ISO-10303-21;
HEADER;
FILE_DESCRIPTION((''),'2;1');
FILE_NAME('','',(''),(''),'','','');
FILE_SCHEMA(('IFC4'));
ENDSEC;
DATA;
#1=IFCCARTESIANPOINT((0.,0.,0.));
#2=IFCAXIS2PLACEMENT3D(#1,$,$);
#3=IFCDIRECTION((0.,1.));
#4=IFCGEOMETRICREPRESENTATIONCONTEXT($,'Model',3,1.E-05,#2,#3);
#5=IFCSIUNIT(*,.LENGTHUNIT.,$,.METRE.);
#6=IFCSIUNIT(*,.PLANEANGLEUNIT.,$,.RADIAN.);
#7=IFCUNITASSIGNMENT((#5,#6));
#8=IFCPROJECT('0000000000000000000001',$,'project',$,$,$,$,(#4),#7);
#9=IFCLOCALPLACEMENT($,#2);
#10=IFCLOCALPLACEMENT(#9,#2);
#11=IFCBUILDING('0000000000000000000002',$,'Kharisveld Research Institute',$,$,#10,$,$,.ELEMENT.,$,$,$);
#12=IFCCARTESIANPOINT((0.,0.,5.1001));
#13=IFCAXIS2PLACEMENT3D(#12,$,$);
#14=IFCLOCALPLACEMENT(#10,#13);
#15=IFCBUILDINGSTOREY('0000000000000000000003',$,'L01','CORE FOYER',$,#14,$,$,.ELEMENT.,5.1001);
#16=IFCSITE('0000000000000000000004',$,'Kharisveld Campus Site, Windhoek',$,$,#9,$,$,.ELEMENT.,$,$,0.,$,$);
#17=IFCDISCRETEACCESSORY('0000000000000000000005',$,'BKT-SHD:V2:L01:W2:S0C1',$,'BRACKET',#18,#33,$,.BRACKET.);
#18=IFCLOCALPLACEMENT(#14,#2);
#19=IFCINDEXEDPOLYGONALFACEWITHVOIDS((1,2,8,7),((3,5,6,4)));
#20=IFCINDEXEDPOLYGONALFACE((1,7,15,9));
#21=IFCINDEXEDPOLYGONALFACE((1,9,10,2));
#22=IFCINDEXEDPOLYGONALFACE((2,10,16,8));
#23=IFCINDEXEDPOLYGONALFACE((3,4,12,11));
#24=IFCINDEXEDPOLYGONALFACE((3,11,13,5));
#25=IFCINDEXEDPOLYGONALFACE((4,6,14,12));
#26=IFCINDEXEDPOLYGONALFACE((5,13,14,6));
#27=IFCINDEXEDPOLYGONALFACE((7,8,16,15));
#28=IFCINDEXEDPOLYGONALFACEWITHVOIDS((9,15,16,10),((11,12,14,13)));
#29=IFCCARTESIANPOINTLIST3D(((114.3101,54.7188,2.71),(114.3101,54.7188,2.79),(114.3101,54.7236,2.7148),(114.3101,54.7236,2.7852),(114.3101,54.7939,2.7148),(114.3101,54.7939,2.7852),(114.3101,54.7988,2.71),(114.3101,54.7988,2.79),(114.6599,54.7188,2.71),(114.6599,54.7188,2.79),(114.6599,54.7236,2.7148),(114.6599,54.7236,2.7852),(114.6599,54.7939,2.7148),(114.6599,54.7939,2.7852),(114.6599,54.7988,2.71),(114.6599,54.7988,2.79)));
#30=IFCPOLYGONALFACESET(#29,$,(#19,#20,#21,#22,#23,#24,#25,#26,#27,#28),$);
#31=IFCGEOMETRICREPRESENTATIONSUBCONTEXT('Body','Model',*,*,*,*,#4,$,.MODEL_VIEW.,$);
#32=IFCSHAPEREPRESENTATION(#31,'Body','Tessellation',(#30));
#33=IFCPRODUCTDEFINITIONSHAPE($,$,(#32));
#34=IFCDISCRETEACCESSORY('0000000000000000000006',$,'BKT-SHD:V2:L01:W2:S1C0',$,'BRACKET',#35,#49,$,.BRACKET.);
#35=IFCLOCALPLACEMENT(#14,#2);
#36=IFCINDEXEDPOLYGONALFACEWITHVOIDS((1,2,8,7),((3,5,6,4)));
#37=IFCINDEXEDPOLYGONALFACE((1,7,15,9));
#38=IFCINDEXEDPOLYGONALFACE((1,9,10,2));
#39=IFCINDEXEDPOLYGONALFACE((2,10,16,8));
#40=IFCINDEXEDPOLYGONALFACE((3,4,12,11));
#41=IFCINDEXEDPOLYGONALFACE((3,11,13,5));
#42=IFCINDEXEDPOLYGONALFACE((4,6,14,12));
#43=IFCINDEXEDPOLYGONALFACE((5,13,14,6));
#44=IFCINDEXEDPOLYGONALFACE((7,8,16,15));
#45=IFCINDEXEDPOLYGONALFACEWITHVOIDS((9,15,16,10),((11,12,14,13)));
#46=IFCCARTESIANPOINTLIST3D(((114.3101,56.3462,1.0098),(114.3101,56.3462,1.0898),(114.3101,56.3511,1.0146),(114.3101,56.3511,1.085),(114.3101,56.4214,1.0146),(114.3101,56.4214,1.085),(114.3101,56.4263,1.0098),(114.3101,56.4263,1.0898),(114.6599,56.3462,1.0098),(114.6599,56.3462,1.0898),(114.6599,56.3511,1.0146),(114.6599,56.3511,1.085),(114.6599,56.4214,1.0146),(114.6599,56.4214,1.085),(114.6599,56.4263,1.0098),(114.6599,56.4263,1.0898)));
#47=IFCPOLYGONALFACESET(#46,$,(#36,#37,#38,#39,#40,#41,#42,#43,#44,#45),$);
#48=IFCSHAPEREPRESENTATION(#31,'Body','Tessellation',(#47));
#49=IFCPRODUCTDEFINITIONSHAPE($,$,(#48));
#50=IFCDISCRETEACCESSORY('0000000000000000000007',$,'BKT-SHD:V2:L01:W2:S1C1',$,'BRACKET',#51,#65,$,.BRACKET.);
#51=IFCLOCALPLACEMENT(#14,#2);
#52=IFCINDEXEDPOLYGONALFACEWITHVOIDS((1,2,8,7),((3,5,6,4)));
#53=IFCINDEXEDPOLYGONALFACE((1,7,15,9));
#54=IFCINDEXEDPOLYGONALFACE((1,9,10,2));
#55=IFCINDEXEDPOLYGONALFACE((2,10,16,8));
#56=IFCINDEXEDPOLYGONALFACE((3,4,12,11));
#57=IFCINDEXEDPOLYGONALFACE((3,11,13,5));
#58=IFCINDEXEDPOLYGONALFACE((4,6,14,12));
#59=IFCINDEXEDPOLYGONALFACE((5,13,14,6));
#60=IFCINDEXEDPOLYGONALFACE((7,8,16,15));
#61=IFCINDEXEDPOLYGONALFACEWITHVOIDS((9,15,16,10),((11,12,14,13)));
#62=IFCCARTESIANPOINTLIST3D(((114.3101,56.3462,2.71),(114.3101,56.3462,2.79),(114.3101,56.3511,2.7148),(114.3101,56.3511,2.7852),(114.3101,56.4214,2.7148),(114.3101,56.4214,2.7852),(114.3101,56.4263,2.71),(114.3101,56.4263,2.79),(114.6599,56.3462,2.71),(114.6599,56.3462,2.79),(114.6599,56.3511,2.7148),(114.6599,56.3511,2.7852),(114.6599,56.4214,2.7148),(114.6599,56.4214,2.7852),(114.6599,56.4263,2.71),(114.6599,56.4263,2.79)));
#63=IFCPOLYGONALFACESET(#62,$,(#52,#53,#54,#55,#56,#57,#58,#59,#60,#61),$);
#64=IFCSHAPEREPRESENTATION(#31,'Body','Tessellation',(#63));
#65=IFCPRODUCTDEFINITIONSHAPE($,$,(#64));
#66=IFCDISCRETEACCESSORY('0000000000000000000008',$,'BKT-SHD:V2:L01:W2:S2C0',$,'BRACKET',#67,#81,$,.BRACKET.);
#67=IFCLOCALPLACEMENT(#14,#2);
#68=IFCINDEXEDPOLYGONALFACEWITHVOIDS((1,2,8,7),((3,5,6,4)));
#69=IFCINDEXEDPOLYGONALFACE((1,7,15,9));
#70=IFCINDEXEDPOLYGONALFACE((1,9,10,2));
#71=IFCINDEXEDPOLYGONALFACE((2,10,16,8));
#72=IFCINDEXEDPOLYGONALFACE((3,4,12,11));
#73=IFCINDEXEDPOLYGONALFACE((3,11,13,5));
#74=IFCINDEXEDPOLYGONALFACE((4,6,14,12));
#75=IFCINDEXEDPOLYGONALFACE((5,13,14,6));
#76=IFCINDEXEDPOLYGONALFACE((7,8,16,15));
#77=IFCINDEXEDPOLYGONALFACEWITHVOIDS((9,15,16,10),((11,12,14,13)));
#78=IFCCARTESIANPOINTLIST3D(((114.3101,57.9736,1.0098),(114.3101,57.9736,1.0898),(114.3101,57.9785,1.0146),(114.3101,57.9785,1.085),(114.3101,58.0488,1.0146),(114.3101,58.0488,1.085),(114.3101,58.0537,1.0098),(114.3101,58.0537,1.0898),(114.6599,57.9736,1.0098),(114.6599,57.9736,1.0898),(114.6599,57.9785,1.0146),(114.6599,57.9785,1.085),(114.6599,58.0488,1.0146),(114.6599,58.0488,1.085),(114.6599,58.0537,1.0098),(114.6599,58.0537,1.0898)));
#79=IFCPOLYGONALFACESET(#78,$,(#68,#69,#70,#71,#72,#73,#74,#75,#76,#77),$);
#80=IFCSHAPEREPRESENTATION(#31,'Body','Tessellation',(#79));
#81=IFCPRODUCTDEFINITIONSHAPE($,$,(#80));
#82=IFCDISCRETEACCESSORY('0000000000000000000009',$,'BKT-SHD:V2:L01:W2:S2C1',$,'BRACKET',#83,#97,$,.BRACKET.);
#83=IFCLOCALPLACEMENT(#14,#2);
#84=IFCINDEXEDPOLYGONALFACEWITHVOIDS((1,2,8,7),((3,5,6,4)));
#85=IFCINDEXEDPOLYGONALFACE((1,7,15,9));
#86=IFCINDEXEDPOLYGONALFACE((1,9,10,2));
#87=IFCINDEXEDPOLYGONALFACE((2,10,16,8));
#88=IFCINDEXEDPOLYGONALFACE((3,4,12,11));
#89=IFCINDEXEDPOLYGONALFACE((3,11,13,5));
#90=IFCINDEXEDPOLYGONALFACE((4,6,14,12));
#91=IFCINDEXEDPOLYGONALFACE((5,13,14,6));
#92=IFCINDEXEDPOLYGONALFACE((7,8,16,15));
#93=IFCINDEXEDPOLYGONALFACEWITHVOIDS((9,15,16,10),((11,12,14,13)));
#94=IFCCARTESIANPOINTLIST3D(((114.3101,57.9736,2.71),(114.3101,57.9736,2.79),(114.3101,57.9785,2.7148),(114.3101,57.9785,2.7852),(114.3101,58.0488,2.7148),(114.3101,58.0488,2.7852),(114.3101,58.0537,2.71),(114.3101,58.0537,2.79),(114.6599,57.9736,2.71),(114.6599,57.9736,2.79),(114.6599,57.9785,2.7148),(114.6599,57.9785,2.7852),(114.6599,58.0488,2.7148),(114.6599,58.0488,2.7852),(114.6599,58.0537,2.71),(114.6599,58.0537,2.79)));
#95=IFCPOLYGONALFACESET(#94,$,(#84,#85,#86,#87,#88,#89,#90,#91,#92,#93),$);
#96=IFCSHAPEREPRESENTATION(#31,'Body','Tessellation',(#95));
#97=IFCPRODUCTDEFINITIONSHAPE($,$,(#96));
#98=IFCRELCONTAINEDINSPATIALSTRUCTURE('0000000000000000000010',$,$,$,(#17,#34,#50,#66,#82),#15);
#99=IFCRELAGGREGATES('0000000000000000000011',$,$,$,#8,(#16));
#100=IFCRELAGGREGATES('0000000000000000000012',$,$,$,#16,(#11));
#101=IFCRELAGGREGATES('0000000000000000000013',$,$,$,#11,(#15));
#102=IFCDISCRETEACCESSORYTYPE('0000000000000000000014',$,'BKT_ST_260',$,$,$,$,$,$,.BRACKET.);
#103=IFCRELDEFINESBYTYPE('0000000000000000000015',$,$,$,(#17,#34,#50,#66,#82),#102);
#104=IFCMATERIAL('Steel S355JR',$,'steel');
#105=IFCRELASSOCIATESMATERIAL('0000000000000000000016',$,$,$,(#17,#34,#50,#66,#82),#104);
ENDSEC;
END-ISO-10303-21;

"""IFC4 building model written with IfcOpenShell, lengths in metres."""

from ifc_helpers import new_model, si_unit, direction, frame, origin, origin_2d, place, context, subcontext, project, spatial, hollow_rectangle, extrude, material, type_object, element, save


model = new_model("IFC4")

# Units and contexts
model_context = context("Model", 3, precision=1e-05, world=origin(), true_north=direction((0.0, 1.0)))
body_context = subcontext(model_context, "Body", "Model", "MODEL_VIEW")
ifc_project = project(units=[si_unit("LENGTHUNIT", "METRE"), si_unit("PLANEANGLEUNIT", "RADIAN")], contexts=[model_context])

# Site, building, storey
site_placement = place(None, origin())
site = spatial("IfcSite", under=ifc_project, at=site_placement, Name="Kharisveld Campus Site, Windhoek", CompositionType="ELEMENT", RefElevation=0.0)
building_placement = place(site_placement, origin())
building = spatial("IfcBuilding", under=site, at=building_placement, Name="Kharisveld Research Institute", CompositionType="ELEMENT")
storey_placement = place(building_placement, frame((0.0, 0.0, 5.1001)))
storey = spatial("IfcBuildingStorey", under=building, at=storey_placement, Name="L01", Description="CORE FOYER", CompositionType="ELEMENT", Elevation=5.1001)

# Discrete accessories
ifc_material_1 = material(Name="Steel S355JR", Category="steel")
discrete_accessory_type = type_object("IfcDiscreteAccessoryType", Name="BKT_ST_260", PredefinedType="BRACKET")
for number, where, z_axis, x_axis, name in (
    (1, (114.6599, 54.7588, 2.75), (-1.0, 0.0, 0.0), (0.0, -1.0, 0.0), "BKT-SHD:V2:L01:W2:S0C1"),
    (2, (114.6599, 56.3862, 1.0498), (-1.0, 0.0, 0.0), (0.0, -1.0, 0.0), "BKT-SHD:V2:L01:W2:S1C0"),
    (3, (114.6599, 56.3862, 2.75), (-1.0, 0.0, 0.0), (0.0, -1.0, 0.0), "BKT-SHD:V2:L01:W2:S1C1"),
    (4, (114.6599, 58.0137, 1.0498), (-1.0, 0.0, 0.0), (0.0, -1.0, 0.0), "BKT-SHD:V2:L01:W2:S2C0"),
    (5, (114.6599, 58.0137, 2.75), (-1.0, 0.0, 0.0), (0.0, -1.0, 0.0), "BKT-SHD:V2:L01:W2:S2C1"),
):
    element("IfcDiscreteAccessory", number, at=place(storey_placement, frame(where, z_axis=z_axis, x_axis=x_axis)), inside=storey, type_object=discrete_accessory_type, material=ifc_material_1, Name=name, ObjectType="BRACKET", PredefinedType="BRACKET", context=body_context, shape_type="SweptSolid", body=[
        extrude(hollow_rectangle(XDim=0.0801, YDim=0.0801, WallThickness=0.0049, at=origin_2d()), origin(), (0.0, 0.0, 1.0), 0.3499),
    ])

save(model, "model.ifc")
